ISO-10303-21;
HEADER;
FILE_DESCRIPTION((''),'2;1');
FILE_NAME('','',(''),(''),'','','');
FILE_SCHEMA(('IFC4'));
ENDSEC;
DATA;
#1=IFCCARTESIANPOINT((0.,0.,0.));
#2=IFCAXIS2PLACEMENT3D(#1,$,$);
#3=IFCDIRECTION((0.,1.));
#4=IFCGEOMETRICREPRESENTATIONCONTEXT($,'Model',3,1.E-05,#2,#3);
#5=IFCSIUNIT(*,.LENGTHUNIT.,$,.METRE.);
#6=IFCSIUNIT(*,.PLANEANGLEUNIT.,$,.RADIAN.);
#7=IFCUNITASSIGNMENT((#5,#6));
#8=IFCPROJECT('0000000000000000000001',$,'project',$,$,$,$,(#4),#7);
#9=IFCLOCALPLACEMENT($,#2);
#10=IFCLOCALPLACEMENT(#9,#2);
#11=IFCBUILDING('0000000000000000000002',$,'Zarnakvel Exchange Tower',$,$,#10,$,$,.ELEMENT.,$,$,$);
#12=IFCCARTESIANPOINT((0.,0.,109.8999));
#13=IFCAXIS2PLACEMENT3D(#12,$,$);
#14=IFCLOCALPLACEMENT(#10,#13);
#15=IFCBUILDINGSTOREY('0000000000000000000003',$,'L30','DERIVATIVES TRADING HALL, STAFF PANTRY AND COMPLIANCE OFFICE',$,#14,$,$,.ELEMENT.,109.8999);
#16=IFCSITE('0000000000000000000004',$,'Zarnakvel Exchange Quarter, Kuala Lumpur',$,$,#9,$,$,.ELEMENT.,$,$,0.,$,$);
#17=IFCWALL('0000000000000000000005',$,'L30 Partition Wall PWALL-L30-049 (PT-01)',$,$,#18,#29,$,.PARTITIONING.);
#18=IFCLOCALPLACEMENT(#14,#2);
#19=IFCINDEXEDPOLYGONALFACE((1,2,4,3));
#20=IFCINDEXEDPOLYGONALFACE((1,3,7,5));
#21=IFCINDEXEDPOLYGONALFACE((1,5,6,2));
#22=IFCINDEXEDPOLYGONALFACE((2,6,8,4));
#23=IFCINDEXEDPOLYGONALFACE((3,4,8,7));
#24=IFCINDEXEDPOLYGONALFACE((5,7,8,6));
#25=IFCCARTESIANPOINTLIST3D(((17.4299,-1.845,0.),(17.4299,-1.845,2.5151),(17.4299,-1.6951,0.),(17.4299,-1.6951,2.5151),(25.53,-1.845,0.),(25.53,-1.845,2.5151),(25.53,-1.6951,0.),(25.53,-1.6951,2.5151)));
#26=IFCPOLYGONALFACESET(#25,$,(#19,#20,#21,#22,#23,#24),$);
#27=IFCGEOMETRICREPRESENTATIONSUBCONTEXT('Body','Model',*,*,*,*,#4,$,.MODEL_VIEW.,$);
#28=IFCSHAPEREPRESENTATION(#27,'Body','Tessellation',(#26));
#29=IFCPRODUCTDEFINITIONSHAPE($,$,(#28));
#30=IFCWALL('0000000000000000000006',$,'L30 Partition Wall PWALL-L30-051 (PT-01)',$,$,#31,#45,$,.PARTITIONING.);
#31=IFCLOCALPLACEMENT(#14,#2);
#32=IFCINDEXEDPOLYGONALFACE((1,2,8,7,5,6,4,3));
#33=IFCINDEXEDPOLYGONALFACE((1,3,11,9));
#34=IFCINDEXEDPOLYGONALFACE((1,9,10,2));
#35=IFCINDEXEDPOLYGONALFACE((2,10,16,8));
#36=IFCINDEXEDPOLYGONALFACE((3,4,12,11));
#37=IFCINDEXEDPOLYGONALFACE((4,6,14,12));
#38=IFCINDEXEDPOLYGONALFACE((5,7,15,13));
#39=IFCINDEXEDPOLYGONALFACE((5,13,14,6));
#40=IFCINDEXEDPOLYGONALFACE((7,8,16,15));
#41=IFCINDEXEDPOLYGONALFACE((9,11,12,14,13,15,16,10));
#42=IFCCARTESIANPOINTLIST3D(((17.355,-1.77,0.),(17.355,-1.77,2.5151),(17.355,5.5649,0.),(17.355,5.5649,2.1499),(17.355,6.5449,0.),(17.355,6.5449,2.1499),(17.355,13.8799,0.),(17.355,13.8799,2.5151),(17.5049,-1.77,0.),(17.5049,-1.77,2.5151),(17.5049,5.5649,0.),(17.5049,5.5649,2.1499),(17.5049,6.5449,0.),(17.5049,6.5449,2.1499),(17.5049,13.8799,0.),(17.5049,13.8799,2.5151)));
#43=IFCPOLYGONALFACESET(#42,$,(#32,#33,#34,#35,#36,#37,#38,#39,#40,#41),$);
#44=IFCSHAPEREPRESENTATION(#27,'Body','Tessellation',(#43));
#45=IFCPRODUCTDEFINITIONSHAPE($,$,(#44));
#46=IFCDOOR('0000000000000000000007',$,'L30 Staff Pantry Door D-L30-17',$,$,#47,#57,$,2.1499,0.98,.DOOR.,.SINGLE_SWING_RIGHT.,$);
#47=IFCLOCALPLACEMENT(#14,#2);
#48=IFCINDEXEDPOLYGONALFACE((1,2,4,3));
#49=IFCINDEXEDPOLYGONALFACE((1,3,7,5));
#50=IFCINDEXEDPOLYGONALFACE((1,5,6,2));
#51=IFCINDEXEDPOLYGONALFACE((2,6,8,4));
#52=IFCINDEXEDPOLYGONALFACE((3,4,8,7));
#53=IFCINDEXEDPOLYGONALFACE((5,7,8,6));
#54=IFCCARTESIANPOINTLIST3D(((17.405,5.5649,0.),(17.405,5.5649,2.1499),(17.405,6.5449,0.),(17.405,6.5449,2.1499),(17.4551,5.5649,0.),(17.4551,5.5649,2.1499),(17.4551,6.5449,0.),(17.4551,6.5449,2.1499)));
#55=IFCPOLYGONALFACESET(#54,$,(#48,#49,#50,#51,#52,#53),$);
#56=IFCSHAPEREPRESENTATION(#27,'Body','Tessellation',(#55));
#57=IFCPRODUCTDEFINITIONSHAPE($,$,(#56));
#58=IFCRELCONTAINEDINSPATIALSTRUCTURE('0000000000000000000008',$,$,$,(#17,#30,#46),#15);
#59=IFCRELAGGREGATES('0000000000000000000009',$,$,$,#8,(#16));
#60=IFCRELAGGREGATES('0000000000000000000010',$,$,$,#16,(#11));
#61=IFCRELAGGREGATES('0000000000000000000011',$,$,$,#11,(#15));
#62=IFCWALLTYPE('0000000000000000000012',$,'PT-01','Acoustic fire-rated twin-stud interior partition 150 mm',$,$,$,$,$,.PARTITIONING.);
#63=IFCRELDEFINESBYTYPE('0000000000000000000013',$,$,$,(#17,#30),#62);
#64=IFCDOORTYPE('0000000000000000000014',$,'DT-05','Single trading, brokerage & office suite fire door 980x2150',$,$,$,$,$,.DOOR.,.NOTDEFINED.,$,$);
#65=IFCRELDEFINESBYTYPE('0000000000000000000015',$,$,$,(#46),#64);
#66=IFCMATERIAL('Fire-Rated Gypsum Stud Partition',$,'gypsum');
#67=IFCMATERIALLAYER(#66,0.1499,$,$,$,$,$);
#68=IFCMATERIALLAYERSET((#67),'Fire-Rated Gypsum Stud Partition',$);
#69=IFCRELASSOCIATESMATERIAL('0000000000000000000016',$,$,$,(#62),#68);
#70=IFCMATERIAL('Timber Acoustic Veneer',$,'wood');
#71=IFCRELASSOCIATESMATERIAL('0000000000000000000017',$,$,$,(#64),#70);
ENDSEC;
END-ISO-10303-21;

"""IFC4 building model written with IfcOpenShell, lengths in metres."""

from ifc_helpers import new_model, si_unit, direction, frame, frame_2d, origin, place, context, subcontext, project, spatial, rectangle, extrude, source, transform, mapped, material, layer, layer_set, type_object, element, fill, save


model = new_model("IFC4")

# Units and contexts
model_context = context("Model", 3, precision=1e-05, world=origin(), true_north=direction((0.0, 1.0)))
body_context = subcontext(model_context, "Body", "Model", "MODEL_VIEW")
ifc_project = project(units=[si_unit("LENGTHUNIT", "METRE"), si_unit("PLANEANGLEUNIT", "RADIAN")], contexts=[model_context])

# Site, building, storey
site_placement = place(None, origin())
site = spatial("IfcSite", under=ifc_project, at=site_placement, Name="Zarnakvel Exchange Quarter, Kuala Lumpur", CompositionType="ELEMENT", RefElevation=0.0)
building_placement = place(site_placement, origin())
building = spatial("IfcBuilding", under=site, at=building_placement, Name="Zarnakvel Exchange Tower", CompositionType="ELEMENT")
storey_placement = place(building_placement, frame((0.0, 0.0, 109.8999)))
storey = spatial("IfcBuildingStorey", under=building, at=storey_placement, Name="L30", Description="DERIVATIVES TRADING HALL, STAFF PANTRY AND COMPLIANCE OFFICE", CompositionType="ELEMENT", Elevation=109.8999)

# Shared definitions
ifc_material_1 = material(Name="Fire-Rated Gypsum Stud Partition", Category="gypsum")
ifc_layer_1 = layer(ifc_material_1, 0.1499)
ifc_layer_set_1 = layer_set([ifc_layer_1], Name="Fire-Rated Gypsum Stud Partition")
wall_type_1 = type_object("IfcWallType", Name="PT-01", Description="Acoustic fire-rated twin-stud interior partition 150 mm", PredefinedType="PARTITIONING", material=ifc_layer_set_1)

# Shared definitions
ifc_material_2 = material(Name="Timber Acoustic Veneer", Category="wood")
door_type_1 = type_object("IfcDoorType", Name="DT-05", Description="Single trading, brokerage & office suite fire door 980x2150", OperationType="NOTDEFINED", PredefinedType="DOOR", material=ifc_material_2)
shared_shape_1 = source(origin(), body_context, "Body", "SweptSolid", [
    extrude(rectangle(XDim=0.98, YDim=2.1499, at=frame_2d((0.49, 1.075))), frame((0.0, 0.0249, 0.0), z_axis=(0.0, -1.0, 0.0), x_axis=(1.0, 0.0, 0.0)), (0.0, 0.0, 1.0), 0.05),
])

# Wall
wall_1_placement = place(storey_placement, frame((25.53, -1.77, 0.0), z_axis=(0.0, 0.0, 1.0), x_axis=(-1.0, 0.0, 0.0)))
element("IfcWall", 1, at=wall_1_placement, inside=storey, type_object=wall_type_1, Name="L30 Partition Wall PWALL-L30-049 (PT-01)", PredefinedType="PARTITIONING", context=body_context, shape_type="SweptSolid", body=[
    extrude(rectangle(XDim=8.1001, YDim=0.1499, at=frame_2d((4.05, 0.0))), origin(), (0.0, 0.0, 1.0), 2.5151),
])

# Wall, opening, door
wall_2_placement = place(storey_placement, frame((17.4299, -1.77, 0.0), z_axis=(0.0, 0.0, 1.0), x_axis=(0.0, 1.0, 0.0)))
wall_2 = element("IfcWall", 2, at=wall_2_placement, inside=storey, type_object=wall_type_1, Name="L30 Partition Wall PWALL-L30-051 (PT-01)", PredefinedType="PARTITIONING", context=body_context, shape_type="SweptSolid", body=[
    extrude(rectangle(XDim=15.6499, YDim=0.1499, at=frame_2d((7.825, 0.0))), origin(), (0.0, 0.0, 1.0), 2.5151),
])
opening_1_placement = place(wall_2_placement, frame((7.335, 0.0, 0.0)))
opening_1 = element("IfcOpeningElement", 3, at=opening_1_placement, cuts=wall_2, PredefinedType="OPENING", context=body_context, shape_type="SweptSolid", body=[
    extrude(rectangle(XDim=0.98, YDim=2.1499, at=frame_2d((0.49, 1.075))), frame((0.0, 0.085, 0.0), z_axis=(0.0, -1.0, 0.0), x_axis=(1.0, 0.0, 0.0)), (0.0, 0.0, 1.0), 0.1699),
])
door_1_placement = place(opening_1_placement, origin())
door_1 = element("IfcDoor", 4, at=door_1_placement, inside=storey, type_object=door_type_1, Name="L30 Staff Pantry Door D-L30-17", OperationType="SINGLE_SWING_RIGHT", OverallHeight=2.1499, OverallWidth=0.98, PredefinedType="DOOR", context=body_context, shape_type="MappedRepresentation", body=[
    mapped(shared_shape_1, transform((0.0, 0.0, 0.0), x_axis=(1.0, 0.0, 0.0), y_axis=(0.0, 1.0, 0.0), z_axis=(0.0, 0.0, 1.0), scale=1.0)),
])
fill(opening_1, door_1)

save(model, "model.ifc")
